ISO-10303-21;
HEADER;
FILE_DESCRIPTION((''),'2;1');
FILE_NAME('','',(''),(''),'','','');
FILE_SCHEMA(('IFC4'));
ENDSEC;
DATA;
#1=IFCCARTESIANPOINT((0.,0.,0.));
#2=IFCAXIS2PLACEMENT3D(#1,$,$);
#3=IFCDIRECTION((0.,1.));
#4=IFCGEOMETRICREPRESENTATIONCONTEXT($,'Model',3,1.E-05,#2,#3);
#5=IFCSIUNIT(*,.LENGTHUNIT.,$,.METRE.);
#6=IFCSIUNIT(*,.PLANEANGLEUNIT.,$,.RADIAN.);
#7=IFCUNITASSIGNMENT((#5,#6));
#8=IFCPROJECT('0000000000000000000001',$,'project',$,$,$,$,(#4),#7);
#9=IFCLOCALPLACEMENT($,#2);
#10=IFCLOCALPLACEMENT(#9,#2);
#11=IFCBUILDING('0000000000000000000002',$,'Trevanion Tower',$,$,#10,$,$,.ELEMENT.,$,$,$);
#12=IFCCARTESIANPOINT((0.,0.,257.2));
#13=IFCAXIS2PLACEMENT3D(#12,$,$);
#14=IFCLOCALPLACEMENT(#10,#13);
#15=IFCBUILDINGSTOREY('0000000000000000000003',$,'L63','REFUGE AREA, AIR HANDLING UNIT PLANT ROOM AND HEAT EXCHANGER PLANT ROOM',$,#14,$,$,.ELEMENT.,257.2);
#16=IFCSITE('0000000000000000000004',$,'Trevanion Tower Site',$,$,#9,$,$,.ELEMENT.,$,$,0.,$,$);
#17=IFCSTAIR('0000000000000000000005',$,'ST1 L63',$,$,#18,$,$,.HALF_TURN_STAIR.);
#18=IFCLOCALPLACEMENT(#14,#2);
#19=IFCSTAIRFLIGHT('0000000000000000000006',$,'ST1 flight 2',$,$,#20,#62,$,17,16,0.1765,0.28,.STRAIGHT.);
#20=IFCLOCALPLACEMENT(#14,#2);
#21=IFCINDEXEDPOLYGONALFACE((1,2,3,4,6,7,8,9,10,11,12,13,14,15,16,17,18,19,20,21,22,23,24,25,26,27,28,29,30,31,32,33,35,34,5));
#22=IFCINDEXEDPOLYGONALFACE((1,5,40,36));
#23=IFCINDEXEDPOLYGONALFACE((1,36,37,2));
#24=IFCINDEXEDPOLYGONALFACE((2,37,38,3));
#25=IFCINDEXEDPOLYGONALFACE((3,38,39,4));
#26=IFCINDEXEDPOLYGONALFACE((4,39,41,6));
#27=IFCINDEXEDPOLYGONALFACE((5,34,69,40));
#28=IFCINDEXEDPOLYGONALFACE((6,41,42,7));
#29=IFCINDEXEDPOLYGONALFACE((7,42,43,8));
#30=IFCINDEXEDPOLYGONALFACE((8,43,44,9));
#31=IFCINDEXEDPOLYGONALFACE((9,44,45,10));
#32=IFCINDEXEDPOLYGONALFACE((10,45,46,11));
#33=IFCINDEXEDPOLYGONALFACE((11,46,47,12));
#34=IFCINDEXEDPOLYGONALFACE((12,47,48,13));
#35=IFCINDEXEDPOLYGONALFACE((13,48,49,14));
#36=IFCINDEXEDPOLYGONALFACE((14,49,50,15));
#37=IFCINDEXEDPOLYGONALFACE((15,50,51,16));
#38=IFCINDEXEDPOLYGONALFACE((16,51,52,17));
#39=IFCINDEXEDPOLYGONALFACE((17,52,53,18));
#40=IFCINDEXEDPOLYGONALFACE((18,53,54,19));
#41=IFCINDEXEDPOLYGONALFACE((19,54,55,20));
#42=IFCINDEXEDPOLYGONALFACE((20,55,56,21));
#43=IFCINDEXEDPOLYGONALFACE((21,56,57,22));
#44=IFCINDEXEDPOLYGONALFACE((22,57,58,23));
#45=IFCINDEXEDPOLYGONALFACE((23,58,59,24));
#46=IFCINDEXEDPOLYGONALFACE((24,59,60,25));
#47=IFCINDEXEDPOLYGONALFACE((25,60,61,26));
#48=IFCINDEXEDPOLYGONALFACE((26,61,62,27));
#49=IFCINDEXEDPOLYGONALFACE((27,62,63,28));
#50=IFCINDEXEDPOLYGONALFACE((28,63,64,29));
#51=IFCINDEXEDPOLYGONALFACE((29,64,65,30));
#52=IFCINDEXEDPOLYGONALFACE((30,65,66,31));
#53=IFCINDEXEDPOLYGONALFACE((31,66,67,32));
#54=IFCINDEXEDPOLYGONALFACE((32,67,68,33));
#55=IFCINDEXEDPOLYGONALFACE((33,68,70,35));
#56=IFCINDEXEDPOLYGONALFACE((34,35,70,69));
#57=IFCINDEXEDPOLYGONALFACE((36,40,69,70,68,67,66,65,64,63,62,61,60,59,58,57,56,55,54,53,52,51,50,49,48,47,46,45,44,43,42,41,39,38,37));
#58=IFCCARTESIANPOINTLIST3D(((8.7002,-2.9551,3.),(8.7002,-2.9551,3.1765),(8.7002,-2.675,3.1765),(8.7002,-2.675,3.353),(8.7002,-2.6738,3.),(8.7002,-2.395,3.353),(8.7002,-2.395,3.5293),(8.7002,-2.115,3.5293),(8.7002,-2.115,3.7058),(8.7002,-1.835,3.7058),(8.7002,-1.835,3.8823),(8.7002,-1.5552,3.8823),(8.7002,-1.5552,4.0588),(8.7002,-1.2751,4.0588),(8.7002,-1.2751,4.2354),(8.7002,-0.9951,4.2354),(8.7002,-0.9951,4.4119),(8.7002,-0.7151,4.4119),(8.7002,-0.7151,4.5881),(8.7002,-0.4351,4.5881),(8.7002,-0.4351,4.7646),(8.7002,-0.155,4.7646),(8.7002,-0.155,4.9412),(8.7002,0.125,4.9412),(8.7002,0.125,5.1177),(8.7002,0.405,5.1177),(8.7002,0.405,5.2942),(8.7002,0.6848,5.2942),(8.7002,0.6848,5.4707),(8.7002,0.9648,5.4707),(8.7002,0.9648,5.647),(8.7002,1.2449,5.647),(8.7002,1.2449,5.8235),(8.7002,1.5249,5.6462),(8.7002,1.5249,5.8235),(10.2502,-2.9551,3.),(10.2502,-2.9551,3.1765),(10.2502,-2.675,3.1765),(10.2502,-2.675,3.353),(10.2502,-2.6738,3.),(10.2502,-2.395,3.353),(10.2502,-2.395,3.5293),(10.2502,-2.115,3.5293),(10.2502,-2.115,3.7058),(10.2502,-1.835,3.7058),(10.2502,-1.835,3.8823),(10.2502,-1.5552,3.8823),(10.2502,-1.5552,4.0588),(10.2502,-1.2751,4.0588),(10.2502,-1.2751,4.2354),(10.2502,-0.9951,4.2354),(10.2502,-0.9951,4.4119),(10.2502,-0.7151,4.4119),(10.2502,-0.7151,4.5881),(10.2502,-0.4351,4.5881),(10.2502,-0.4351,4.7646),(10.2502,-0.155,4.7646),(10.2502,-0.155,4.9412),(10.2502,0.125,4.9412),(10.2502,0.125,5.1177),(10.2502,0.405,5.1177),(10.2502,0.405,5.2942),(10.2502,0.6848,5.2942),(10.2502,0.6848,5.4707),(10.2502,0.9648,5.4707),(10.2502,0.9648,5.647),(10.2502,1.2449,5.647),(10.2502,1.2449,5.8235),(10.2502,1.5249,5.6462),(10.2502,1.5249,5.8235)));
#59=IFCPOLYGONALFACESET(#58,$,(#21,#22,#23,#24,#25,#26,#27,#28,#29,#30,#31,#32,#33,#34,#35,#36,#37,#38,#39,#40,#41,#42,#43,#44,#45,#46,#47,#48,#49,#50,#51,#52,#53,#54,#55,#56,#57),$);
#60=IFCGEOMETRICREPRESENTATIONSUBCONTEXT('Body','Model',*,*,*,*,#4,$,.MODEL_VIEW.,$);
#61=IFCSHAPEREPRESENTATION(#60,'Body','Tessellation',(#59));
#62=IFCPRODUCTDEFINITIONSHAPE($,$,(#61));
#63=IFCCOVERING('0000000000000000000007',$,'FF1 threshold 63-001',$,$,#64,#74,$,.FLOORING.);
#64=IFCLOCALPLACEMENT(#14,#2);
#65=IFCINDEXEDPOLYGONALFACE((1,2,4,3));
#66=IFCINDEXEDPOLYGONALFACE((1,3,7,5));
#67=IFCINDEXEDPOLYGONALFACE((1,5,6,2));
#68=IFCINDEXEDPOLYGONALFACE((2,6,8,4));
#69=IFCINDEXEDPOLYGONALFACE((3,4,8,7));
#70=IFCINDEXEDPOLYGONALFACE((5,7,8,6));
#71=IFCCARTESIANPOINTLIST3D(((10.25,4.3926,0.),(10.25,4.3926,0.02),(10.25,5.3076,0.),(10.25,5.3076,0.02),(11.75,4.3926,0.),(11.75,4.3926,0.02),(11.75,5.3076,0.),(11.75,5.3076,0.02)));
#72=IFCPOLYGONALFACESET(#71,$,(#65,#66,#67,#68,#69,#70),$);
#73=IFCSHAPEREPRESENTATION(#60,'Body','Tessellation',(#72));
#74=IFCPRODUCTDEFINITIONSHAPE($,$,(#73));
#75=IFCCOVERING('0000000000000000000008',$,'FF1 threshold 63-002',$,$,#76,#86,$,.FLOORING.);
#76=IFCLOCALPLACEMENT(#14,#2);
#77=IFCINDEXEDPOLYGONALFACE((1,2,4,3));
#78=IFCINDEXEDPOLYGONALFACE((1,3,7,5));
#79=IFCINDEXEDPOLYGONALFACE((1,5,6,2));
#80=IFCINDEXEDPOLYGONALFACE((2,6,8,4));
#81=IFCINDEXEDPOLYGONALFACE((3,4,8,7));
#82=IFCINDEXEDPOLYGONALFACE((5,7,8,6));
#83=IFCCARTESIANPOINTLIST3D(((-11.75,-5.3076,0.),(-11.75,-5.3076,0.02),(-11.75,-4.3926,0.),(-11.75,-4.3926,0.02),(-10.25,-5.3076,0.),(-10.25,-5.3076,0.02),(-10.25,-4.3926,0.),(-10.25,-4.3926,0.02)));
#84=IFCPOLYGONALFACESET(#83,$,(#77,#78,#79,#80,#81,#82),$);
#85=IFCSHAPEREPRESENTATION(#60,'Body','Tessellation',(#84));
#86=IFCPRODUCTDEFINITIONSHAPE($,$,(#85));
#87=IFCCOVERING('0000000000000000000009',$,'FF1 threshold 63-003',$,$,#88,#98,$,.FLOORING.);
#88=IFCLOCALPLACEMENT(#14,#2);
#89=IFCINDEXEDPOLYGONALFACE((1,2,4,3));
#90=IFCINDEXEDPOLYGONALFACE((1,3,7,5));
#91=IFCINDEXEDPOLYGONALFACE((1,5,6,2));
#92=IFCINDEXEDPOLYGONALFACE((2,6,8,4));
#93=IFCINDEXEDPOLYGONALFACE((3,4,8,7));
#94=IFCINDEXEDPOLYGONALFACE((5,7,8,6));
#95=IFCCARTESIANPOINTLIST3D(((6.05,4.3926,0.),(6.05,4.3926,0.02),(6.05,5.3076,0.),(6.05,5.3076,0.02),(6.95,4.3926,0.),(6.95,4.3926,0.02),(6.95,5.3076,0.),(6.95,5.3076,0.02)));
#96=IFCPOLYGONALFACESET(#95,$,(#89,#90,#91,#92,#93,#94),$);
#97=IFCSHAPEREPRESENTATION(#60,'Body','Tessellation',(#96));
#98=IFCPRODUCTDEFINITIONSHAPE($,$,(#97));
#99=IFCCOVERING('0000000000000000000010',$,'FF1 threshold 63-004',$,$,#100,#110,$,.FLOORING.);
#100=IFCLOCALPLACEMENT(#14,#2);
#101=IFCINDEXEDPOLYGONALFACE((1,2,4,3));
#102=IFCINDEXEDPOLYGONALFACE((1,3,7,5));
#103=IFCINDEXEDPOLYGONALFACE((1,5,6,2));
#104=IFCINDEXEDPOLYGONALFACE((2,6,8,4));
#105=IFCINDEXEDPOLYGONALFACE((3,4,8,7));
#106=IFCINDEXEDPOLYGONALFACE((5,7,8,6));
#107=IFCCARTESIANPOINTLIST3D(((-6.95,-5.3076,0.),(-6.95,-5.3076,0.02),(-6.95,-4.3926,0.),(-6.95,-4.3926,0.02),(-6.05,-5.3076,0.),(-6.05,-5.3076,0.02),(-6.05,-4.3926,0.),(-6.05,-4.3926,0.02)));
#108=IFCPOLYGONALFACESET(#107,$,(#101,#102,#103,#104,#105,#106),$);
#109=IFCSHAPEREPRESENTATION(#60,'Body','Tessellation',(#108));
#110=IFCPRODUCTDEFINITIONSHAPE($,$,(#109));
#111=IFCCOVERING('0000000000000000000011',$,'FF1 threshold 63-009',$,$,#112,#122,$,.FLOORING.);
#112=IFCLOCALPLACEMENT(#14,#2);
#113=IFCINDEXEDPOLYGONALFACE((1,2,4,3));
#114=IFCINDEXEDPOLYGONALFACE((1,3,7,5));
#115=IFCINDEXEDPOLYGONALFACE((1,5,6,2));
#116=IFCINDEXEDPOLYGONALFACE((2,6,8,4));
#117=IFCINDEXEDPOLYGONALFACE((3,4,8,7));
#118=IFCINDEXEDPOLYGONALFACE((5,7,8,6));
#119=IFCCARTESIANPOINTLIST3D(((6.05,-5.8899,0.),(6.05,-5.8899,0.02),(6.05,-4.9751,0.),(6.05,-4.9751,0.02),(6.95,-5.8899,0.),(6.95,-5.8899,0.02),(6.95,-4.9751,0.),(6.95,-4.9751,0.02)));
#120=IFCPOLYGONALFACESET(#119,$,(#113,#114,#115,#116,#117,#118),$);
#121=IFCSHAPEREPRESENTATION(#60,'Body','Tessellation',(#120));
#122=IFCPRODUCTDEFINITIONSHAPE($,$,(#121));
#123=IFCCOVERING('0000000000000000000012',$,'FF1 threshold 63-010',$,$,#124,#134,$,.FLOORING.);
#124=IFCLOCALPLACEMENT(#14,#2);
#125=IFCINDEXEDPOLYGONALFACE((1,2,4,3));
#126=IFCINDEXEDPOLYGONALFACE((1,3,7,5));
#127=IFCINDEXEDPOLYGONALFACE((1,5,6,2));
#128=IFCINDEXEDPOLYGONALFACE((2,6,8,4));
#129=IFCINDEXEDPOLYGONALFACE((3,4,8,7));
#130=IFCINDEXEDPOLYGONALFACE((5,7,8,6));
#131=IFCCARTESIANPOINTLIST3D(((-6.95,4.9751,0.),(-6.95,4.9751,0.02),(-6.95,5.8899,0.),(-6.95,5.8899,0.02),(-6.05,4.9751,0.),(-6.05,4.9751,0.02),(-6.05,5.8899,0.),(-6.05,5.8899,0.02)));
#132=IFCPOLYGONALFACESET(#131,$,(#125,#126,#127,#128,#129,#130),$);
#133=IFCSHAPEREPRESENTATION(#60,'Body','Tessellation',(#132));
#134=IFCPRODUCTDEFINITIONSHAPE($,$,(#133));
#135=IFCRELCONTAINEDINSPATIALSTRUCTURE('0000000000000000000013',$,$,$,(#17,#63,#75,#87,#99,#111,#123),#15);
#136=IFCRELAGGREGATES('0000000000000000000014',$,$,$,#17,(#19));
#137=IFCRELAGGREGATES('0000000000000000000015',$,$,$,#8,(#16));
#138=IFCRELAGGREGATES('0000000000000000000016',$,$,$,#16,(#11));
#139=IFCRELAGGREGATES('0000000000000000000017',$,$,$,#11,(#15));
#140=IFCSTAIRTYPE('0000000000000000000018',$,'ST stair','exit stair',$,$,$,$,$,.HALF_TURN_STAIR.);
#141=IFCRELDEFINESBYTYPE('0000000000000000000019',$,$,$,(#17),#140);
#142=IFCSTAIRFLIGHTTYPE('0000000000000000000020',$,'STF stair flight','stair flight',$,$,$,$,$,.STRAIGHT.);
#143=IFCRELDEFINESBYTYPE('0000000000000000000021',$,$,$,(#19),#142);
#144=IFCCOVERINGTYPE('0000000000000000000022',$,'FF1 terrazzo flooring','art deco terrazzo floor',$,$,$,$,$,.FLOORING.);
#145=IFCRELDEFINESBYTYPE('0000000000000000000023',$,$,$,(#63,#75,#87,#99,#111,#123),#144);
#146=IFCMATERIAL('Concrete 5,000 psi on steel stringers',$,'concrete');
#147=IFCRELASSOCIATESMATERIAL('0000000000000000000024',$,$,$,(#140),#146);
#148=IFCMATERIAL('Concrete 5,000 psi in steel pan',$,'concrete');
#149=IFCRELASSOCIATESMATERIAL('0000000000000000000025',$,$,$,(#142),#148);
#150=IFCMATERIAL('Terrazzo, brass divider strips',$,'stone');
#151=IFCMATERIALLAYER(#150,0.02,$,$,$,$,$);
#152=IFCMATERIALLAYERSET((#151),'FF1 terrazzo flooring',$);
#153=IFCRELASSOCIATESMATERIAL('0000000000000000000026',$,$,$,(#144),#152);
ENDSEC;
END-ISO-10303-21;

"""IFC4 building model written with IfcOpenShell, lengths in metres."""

from ifc_helpers import new_model, si_unit, direction, frame, origin, place, context, subcontext, project, spatial, polyline, outline, extrude, material, layer, layer_set, type_object, element, aggregate, save


model = new_model("IFC4")

# Units and contexts
model_context = context("Model", 3, precision=1e-05, world=origin(), true_north=direction((0.0, 1.0)))
body_context = subcontext(model_context, "Body", "Model", "MODEL_VIEW")
ifc_project = project(units=[si_unit("LENGTHUNIT", "METRE"), si_unit("PLANEANGLEUNIT", "RADIAN")], contexts=[model_context])

# Site, building, storey
site_placement = place(None, origin())
site = spatial("IfcSite", under=ifc_project, at=site_placement, Name="Trevanion Tower Site", CompositionType="ELEMENT", RefElevation=0.0)
building_placement = place(site_placement, origin())
building = spatial("IfcBuilding", under=site, at=building_placement, Name="Trevanion Tower", CompositionType="ELEMENT")
storey_placement = place(building_placement, frame((0.0, 0.0, 257.2)))
storey = spatial("IfcBuildingStorey", under=building, at=storey_placement, Name="L63", Description="REFUGE AREA, AIR HANDLING UNIT PLANT ROOM AND HEAT EXCHANGER PLANT ROOM", CompositionType="ELEMENT", Elevation=257.2)

# Stair, stair flight
ifc_material_1 = material(Name="Concrete 5,000 psi on steel stringers", Category="concrete")
stair_type = type_object("IfcStairType", Name="ST stair", Description="exit stair", PredefinedType="HALF_TURN_STAIR", material=ifc_material_1)
stair_placement = place(storey_placement, origin())
stair = element("IfcStair", 1, at=stair_placement, inside=storey, type_object=stair_type, Name="ST1 L63", PredefinedType="HALF_TURN_STAIR")
ifc_material_2 = material(Name="Concrete 5,000 psi in steel pan", Category="concrete")
stair_flight_type = type_object("IfcStairFlightType", Name="STF stair flight", Description="stair flight", PredefinedType="STRAIGHT", material=ifc_material_2)
stair_flight_placement = place(storey_placement, frame((9.4751, -2.9551, 3.0), z_axis=(0.0, 0.0, 1.0), x_axis=(0.0, 1.0, 0.0)))
stair_flight = element("IfcStairFlight", 2, at=stair_flight_placement, type_object=stair_flight_type, Name="ST1 flight 2", NumberOfRisers=17, NumberOfTreads=16, PredefinedType="STRAIGHT", RiserHeight=0.1765, TreadLength=0.28, context=body_context, shape_type="SweptSolid", body=[
    extrude(outline(polyline([(0.0, 0.0), (0.0, 0.1765), (0.28, 0.1765), (0.28, 0.353), (0.5601, 0.353), (0.5601, 0.5293), (0.8401, 0.5293), (0.8401, 0.7058), (1.1201, 0.7058), (1.1201, 0.8823), (1.3999, 0.8823), (1.3999, 1.0588), (1.6799, 1.0588), (1.6799, 1.2354), (1.96, 1.2354), (1.96, 1.4119), (2.24, 1.4119), (2.24, 1.5881), (2.52, 1.5881), (2.52, 1.7646), (2.8, 1.7646), (2.8, 1.9412), (3.0801, 1.9412), (3.0801, 2.1177), (3.3601, 2.1177), (3.3601, 2.2942), (3.6399, 2.2942), (3.6399, 2.4707), (3.9199, 2.4707), (3.9199, 2.647), (4.2, 2.647), (4.2, 2.8235), (4.48, 2.8235), (4.48, 3.0), (4.48, 2.6462), (0.2812, 0.0), (0.0, 0.0)])), frame((0.0, 0.7749, 0.0), z_axis=(0.0, -1.0, 0.0), x_axis=(1.0, 0.0, 0.0)), (0.0, 0.0, 1.0), 1.55),
])
aggregate(stair, [stair_flight])

# Coverings
ifc_material_3 = material(Name="Terrazzo, brass divider strips", Category="stone")
ifc_layer_1 = layer(ifc_material_3, 0.02)
ifc_layer_set_1 = layer_set([ifc_layer_1], Name="FF1 terrazzo flooring")
covering_type = type_object("IfcCoveringType", Name="FF1 terrazzo flooring", Description="art deco terrazzo floor", PredefinedType="FLOORING", material=ifc_layer_set_1)
covering_1_placement = place(storey_placement, origin())
element("IfcCovering", 3, at=covering_1_placement, inside=storey, type_object=covering_type, Name="FF1 threshold 63-001", PredefinedType="FLOORING", context=body_context, shape_type="SweptSolid", body=[
    extrude(outline(polyline([(11.75, 4.3926), (11.75, 5.3076), (10.25, 5.3076), (10.25, 4.3926), (11.75, 4.3926)])), origin(), (0.0, 0.0, 1.0), 0.02),
])
covering_2_placement = place(storey_placement, origin())
element("IfcCovering", 4, at=covering_2_placement, inside=storey, type_object=covering_type, Name="FF1 threshold 63-002", PredefinedType="FLOORING", context=body_context, shape_type="SweptSolid", body=[
    extrude(outline(polyline([(-11.75, -4.3926), (-11.75, -5.3076), (-10.25, -5.3076), (-10.25, -4.3926), (-11.75, -4.3926)])), origin(), (0.0, 0.0, 1.0), 0.02),
])
covering_3_placement = place(storey_placement, origin())
element("IfcCovering", 5, at=covering_3_placement, inside=storey, type_object=covering_type, Name="FF1 threshold 63-003", PredefinedType="FLOORING", context=body_context, shape_type="SweptSolid", body=[
    extrude(outline(polyline([(6.95, 4.3926), (6.95, 5.3076), (6.05, 5.3076), (6.05, 4.3926), (6.95, 4.3926)])), origin(), (0.0, 0.0, 1.0), 0.02),
])
covering_4_placement = place(storey_placement, origin())
element("IfcCovering", 6, at=covering_4_placement, inside=storey, type_object=covering_type, Name="FF1 threshold 63-004", PredefinedType="FLOORING", context=body_context, shape_type="SweptSolid", body=[
    extrude(outline(polyline([(-6.95, -4.3926), (-6.95, -5.3076), (-6.05, -5.3076), (-6.05, -4.3926), (-6.95, -4.3926)])), origin(), (0.0, 0.0, 1.0), 0.02),
])
covering_5_placement = place(storey_placement, origin())
element("IfcCovering", 7, at=covering_5_placement, inside=storey, type_object=covering_type, Name="FF1 threshold 63-009", PredefinedType="FLOORING", context=body_context, shape_type="SweptSolid", body=[
    extrude(outline(polyline([(6.95, -5.8899), (6.95, -4.9751), (6.05, -4.9751), (6.05, -5.8899), (6.95, -5.8899)])), origin(), (0.0, 0.0, 1.0), 0.02),
])
covering_6_placement = place(storey_placement, origin())
element("IfcCovering", 8, at=covering_6_placement, inside=storey, type_object=covering_type, Name="FF1 threshold 63-010", PredefinedType="FLOORING", context=body_context, shape_type="SweptSolid", body=[
    extrude(outline(polyline([(-6.95, 5.8899), (-6.95, 4.9751), (-6.05, 4.9751), (-6.05, 5.8899), (-6.95, 5.8899)])), origin(), (0.0, 0.0, 1.0), 0.02),
])

save(model, "model.ifc")
